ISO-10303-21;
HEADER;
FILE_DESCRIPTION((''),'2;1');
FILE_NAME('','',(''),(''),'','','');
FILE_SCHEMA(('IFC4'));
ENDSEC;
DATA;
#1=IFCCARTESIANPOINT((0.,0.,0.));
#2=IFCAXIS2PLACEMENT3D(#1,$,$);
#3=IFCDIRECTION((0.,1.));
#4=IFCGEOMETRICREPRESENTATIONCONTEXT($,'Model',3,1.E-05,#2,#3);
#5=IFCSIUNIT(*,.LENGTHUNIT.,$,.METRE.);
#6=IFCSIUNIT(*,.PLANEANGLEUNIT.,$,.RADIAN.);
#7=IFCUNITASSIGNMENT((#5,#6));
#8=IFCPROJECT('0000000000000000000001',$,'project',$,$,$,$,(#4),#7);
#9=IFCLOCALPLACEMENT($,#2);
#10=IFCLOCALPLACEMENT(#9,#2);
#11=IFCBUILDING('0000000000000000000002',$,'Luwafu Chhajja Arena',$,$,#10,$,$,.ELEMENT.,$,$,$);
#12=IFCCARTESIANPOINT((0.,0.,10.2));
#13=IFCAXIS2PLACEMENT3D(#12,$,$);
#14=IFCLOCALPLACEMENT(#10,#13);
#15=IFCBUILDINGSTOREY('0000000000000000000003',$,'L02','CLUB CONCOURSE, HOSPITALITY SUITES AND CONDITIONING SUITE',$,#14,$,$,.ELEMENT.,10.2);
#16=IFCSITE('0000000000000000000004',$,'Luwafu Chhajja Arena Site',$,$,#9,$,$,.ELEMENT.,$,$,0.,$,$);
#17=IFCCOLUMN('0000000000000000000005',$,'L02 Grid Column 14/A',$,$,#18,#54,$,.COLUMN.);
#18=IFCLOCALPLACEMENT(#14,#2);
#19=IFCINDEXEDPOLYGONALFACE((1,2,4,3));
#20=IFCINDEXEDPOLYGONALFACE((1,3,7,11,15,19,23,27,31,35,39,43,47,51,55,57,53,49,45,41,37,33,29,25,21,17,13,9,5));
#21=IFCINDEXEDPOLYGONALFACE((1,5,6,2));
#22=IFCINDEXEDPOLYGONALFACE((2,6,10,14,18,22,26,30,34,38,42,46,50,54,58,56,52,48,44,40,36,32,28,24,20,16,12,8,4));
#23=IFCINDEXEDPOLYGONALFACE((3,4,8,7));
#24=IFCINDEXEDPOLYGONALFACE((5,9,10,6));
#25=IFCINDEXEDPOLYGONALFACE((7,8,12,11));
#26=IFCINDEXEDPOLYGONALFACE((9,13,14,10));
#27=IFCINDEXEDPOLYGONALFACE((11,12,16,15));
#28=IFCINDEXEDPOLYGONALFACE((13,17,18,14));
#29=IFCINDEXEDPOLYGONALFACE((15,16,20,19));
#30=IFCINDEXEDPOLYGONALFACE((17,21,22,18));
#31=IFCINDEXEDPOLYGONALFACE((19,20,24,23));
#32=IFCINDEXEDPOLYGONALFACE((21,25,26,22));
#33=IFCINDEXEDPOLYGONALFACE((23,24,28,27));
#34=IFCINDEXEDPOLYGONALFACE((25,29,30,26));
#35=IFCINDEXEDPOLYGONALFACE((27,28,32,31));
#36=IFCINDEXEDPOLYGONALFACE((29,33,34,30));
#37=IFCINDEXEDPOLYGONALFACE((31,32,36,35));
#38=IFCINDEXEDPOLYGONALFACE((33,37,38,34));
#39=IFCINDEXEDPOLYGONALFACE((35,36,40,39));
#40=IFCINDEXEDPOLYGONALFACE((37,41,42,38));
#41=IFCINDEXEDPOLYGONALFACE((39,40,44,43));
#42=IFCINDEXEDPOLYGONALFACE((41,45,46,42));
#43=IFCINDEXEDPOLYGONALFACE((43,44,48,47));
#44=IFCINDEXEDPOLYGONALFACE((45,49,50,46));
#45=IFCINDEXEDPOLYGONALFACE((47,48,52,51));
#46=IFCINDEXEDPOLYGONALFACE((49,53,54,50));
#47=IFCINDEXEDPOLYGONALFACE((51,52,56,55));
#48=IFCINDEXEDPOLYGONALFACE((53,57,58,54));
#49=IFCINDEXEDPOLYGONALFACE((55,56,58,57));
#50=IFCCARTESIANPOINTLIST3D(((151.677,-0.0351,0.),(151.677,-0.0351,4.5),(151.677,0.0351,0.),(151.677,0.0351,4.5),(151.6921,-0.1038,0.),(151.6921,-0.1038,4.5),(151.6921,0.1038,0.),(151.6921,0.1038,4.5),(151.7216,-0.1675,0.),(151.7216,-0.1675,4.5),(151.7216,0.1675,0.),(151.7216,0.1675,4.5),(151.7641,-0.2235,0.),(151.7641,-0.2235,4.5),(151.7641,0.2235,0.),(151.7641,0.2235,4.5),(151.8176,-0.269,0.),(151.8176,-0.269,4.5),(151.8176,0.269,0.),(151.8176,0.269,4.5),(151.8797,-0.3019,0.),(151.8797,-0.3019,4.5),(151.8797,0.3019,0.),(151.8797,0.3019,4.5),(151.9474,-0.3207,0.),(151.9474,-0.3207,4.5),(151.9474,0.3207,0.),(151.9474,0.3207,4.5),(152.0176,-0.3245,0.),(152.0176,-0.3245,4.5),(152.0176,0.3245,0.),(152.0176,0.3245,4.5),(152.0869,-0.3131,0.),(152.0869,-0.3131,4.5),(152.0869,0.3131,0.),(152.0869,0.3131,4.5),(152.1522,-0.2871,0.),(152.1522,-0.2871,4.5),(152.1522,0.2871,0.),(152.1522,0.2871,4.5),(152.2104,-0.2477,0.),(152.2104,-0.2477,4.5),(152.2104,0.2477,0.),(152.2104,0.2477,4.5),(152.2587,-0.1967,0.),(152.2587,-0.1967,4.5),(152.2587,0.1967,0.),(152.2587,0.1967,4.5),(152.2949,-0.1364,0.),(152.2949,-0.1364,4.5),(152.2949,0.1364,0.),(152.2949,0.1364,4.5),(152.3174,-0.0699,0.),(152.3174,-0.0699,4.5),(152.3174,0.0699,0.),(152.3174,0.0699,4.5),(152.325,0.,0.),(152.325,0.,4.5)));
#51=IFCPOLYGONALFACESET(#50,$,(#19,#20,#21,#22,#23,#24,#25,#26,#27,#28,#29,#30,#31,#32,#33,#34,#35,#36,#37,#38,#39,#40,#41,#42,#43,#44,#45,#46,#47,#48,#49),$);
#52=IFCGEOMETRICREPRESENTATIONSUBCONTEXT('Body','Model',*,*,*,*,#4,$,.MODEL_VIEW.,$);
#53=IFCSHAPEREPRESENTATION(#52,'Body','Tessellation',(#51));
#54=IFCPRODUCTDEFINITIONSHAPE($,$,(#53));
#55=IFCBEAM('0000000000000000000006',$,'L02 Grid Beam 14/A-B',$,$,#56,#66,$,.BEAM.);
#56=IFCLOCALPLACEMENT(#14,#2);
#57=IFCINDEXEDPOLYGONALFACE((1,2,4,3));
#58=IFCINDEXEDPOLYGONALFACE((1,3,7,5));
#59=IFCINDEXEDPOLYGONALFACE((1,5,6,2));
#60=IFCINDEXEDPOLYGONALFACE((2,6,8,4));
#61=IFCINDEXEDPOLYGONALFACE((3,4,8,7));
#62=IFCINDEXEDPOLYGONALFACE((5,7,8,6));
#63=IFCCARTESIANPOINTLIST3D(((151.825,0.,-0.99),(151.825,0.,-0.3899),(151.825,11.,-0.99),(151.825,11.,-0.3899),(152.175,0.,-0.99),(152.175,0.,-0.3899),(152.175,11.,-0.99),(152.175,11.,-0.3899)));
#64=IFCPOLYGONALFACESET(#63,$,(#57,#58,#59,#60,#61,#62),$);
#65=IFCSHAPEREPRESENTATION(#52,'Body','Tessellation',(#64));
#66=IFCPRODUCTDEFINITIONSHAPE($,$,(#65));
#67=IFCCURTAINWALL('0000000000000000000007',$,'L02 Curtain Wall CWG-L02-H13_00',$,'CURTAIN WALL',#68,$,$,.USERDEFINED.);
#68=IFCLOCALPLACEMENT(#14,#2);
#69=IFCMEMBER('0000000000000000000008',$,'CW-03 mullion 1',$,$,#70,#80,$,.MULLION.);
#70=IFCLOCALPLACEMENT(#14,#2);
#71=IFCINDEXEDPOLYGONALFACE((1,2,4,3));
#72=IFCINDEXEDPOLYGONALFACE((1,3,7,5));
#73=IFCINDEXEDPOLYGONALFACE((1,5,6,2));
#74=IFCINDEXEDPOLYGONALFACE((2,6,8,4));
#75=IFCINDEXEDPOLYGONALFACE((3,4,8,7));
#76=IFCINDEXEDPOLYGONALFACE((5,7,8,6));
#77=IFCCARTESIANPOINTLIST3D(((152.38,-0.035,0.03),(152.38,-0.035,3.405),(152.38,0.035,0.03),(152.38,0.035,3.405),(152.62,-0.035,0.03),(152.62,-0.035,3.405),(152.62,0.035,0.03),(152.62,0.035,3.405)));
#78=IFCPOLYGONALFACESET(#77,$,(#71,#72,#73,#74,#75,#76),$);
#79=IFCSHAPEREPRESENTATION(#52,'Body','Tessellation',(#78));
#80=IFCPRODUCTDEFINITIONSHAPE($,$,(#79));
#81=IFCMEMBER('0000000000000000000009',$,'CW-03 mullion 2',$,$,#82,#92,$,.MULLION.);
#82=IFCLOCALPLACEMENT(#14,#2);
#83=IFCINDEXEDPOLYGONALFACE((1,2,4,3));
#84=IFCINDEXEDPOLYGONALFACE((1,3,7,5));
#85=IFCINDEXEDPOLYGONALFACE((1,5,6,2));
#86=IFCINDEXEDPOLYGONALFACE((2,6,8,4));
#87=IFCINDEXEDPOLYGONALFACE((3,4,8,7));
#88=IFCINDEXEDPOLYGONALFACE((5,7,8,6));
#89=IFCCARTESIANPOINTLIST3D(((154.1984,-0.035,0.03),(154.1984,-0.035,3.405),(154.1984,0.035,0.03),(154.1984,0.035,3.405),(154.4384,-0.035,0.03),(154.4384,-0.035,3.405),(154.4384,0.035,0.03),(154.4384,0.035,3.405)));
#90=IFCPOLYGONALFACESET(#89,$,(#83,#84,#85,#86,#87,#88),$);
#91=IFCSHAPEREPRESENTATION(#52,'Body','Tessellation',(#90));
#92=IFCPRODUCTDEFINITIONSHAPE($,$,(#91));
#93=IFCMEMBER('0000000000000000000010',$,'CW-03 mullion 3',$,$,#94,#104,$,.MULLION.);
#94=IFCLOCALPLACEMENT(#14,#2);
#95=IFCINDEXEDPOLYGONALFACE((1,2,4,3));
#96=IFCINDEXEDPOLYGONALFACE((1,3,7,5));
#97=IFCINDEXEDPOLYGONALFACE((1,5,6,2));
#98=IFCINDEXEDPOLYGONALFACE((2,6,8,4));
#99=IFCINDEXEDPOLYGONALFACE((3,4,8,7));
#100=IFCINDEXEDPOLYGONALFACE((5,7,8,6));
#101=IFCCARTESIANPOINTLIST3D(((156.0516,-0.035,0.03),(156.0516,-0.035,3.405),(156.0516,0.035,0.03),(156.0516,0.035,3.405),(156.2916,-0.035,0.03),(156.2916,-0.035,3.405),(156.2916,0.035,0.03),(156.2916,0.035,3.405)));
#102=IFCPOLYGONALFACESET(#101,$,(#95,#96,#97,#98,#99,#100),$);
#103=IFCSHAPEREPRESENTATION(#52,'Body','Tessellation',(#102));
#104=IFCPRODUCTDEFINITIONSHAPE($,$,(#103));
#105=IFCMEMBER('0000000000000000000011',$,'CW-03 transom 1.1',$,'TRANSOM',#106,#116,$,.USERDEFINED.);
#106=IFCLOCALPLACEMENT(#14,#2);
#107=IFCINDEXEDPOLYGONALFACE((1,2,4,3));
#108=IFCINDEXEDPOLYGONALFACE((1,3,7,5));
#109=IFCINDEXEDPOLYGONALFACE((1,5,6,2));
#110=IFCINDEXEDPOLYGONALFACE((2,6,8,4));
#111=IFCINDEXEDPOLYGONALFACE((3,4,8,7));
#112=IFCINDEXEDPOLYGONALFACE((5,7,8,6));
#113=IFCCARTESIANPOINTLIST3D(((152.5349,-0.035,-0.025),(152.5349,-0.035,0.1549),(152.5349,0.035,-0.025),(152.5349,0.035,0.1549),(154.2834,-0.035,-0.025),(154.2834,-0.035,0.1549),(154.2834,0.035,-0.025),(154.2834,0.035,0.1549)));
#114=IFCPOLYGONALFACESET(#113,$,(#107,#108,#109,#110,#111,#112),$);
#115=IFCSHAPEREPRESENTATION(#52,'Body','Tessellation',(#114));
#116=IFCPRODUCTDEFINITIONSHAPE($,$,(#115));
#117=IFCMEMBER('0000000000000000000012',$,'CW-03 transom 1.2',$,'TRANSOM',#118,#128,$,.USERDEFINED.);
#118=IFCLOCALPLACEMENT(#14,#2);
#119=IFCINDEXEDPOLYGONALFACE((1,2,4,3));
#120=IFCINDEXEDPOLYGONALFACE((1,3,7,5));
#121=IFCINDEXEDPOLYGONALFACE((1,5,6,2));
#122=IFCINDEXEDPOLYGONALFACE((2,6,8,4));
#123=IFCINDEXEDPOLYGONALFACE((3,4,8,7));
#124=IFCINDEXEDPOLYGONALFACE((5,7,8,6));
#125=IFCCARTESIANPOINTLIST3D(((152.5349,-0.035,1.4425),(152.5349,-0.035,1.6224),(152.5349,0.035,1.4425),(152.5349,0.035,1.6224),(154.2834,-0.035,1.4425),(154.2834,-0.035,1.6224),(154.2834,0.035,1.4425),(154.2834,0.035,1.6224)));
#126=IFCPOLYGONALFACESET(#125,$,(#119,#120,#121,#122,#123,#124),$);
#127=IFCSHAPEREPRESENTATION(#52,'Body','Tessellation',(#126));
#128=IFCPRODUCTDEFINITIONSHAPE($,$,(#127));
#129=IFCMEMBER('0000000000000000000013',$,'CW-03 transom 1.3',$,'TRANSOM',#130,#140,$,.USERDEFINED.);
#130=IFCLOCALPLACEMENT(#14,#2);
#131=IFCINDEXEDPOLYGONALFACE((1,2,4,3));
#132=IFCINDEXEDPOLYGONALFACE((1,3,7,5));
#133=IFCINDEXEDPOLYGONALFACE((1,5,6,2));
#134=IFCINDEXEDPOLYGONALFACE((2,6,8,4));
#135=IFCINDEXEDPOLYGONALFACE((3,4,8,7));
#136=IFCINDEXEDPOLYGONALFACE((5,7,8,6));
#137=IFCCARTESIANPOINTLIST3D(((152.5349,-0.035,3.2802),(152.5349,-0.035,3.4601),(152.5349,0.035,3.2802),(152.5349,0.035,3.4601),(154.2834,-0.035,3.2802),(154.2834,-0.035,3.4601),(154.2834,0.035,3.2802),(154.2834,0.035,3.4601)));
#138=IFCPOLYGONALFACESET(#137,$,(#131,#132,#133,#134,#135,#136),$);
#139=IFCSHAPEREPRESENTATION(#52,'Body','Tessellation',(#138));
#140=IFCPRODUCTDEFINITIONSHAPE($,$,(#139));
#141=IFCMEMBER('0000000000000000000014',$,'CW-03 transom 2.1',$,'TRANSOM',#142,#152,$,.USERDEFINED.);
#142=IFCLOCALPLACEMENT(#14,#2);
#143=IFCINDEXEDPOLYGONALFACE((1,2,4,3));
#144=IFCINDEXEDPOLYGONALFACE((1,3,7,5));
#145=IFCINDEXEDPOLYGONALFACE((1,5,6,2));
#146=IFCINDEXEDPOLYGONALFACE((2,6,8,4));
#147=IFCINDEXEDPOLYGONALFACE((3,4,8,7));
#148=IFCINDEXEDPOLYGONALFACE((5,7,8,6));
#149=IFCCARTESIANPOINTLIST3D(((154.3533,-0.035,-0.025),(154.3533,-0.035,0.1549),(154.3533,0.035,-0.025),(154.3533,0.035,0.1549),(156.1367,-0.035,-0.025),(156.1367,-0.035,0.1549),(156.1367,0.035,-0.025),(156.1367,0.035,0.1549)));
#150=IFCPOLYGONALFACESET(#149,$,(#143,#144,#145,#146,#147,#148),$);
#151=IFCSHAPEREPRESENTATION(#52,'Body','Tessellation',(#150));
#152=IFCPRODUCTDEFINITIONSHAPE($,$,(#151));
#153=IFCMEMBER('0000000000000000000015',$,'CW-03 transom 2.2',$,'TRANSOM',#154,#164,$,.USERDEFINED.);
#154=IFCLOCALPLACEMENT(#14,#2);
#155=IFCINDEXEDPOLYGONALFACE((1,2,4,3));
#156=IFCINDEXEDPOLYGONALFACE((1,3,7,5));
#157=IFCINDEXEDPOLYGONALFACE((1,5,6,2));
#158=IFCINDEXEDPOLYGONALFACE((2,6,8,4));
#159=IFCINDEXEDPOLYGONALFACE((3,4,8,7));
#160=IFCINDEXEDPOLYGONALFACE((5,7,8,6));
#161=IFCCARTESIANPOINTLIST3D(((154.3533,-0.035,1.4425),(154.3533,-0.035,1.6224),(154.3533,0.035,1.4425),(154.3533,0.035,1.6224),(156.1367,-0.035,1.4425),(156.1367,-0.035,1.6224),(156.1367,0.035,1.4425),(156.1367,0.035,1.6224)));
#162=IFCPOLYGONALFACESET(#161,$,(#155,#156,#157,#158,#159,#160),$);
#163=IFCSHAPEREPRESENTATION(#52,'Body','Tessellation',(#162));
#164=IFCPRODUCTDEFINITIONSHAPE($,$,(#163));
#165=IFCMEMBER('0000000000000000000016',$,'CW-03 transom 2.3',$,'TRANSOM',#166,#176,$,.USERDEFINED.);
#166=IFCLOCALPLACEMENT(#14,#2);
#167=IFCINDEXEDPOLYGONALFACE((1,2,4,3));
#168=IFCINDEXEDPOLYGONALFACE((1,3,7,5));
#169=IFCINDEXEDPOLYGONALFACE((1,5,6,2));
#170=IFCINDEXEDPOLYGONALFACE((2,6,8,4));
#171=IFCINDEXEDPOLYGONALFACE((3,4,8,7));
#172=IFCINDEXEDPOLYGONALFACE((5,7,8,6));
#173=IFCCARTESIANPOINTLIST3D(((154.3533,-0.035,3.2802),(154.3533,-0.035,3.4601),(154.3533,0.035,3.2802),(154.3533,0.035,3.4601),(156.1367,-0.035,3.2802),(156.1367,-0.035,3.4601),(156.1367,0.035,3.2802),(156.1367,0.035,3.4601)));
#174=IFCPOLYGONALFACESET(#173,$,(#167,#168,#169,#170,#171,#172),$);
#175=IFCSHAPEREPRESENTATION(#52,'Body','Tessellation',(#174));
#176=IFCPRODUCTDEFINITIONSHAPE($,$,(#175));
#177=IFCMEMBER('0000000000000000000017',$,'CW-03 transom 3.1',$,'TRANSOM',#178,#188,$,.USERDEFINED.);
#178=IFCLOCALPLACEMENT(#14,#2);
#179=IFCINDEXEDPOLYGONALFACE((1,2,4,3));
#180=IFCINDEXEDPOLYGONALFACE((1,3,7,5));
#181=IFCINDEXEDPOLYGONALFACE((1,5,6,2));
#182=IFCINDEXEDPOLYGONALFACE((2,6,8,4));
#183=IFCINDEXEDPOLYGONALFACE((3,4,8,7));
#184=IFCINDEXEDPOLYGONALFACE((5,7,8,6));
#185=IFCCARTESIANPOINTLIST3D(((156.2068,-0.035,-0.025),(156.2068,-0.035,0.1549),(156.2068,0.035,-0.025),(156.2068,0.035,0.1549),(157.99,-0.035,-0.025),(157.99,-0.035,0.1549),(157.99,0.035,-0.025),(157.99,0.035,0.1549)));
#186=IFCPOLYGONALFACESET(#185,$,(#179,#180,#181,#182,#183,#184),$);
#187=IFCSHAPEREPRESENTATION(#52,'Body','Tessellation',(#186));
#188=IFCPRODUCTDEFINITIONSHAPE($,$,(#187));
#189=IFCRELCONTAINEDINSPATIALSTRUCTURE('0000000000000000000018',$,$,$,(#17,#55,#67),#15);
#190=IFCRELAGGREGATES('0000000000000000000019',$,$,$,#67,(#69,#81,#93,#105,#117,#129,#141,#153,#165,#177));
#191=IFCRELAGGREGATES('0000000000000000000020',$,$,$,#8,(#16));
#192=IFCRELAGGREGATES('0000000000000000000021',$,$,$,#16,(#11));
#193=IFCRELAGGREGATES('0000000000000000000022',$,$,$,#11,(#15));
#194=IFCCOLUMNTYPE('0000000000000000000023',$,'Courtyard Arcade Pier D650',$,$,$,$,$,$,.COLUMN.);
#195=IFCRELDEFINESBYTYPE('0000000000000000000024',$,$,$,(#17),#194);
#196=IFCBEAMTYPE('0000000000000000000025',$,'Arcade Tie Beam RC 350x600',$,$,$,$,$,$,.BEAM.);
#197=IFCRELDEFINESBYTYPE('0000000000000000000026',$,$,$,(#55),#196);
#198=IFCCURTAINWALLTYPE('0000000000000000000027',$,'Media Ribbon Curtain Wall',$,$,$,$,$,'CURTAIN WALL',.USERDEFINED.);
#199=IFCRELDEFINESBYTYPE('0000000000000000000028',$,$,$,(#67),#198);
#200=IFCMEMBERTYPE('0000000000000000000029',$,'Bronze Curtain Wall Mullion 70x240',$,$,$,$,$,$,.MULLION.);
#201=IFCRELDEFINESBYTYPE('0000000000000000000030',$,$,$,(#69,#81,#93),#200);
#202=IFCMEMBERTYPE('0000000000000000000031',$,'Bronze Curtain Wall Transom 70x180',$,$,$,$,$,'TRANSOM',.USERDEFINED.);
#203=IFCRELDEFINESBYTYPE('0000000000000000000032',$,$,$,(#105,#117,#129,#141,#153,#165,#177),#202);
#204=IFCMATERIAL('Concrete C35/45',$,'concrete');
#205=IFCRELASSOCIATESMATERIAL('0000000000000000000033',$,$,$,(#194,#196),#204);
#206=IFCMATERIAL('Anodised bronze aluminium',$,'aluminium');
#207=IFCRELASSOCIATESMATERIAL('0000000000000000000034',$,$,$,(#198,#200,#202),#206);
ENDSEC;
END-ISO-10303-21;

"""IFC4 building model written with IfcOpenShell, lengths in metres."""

from ifc_helpers import new_model, si_unit, direction, frame, origin, origin_2d, place, context, subcontext, project, spatial, rectangle, circle, extrude, material, material_profile, profile_set, type_object, element, aggregate, save


model = new_model("IFC4")

# Units and contexts
model_context = context("Model", 3, precision=1e-05, world=origin(), true_north=direction((0.0, 1.0)))
body_context = subcontext(model_context, "Body", "Model", "MODEL_VIEW")
ifc_project = project(units=[si_unit("LENGTHUNIT", "METRE"), si_unit("PLANEANGLEUNIT", "RADIAN")], contexts=[model_context])

# Site, building, storey
site_placement = place(None, origin())
site = spatial("IfcSite", under=ifc_project, at=site_placement, Name="Luwafu Chhajja Arena Site", CompositionType="ELEMENT", RefElevation=0.0)
building_placement = place(site_placement, origin())
building = spatial("IfcBuilding", under=site, at=building_placement, Name="Luwafu Chhajja Arena", CompositionType="ELEMENT")
storey_placement = place(building_placement, frame((0.0, 0.0, 10.2)))
storey = spatial("IfcBuildingStorey", under=building, at=storey_placement, Name="L02", Description="CLUB CONCOURSE, HOSPITALITY SUITES AND CONDITIONING SUITE", CompositionType="ELEMENT", Elevation=10.2)

# Column
ifc_material_1 = material(Name="Concrete C35/45", Category="concrete")
ifc_material_profile_1 = material_profile(ifc_material_1, circle(Radius=0.325, at=origin_2d()), Name="RC COL D650")
ifc_profile_set_1 = profile_set([ifc_material_profile_1], Name="Concrete C35/45")
column_type = type_object("IfcColumnType", Name="Courtyard Arcade Pier D650", PredefinedType="COLUMN", material=ifc_profile_set_1)
column_placement = place(storey_placement, frame((152.0, 0.0, 0.0), z_axis=(0.0, 0.0, 1.0), x_axis=(1.0, 0.0, 0.0)))
element("IfcColumn", 1, at=column_placement, inside=storey, type_object=column_type, Name="L02 Grid Column 14/A", PredefinedType="COLUMN", context=body_context, shape_type="SweptSolid", body=[
    extrude(circle(Radius=0.325, at=origin_2d()), origin(), (0.0, 0.0, 1.0), 4.5),
])

# Beam
ifc_material_profile_2 = material_profile(ifc_material_1, rectangle(XDim=0.3501, YDim=0.6001, at=origin_2d()), Name="RC 350x600")
ifc_profile_set_2 = profile_set([ifc_material_profile_2], Name="Concrete C35/45")
beam_type_1 = type_object("IfcBeamType", Name="Arcade Tie Beam RC 350x600", PredefinedType="BEAM", material=ifc_profile_set_2)
beam_1_placement = place(storey_placement, frame((152.0, 0.0, -0.6899), z_axis=(0.0, 1.0, 0.0), x_axis=(-1.0, 0.0, 0.0)))
element("IfcBeam", 2, at=beam_1_placement, inside=storey, type_object=beam_type_1, Name="L02 Grid Beam 14/A-B", PredefinedType="BEAM", context=body_context, shape_type="SweptSolid", body=[
    extrude(rectangle(XDim=0.3501, YDim=0.6001, at=origin_2d()), origin(), (0.0, 0.0, 1.0), 11.0),
])

# Curtain wall, members
ifc_material_2 = material(Name="Anodised bronze aluminium", Category="aluminium")
curtain_wall_type = type_object("IfcCurtainWallType", Name="Media Ribbon Curtain Wall", ElementType="CURTAIN WALL", PredefinedType="USERDEFINED", material=ifc_material_2)
curtain_wall_placement = place(storey_placement, origin())
curtain_wall = element("IfcCurtainWall", 3, at=curtain_wall_placement, inside=storey, type_object=curtain_wall_type, Name="L02 Curtain Wall CWG-L02-H13_00", ObjectType="CURTAIN WALL", PredefinedType="USERDEFINED")
ifc_material_profile_3 = material_profile(ifc_material_2, rectangle(XDim=0.0701, YDim=0.24, at=origin_2d()), Name="CWM 70x240")
ifc_profile_set_3 = profile_set([ifc_material_profile_3], Name="Anodised bronze aluminium")
member_type_1 = type_object("IfcMemberType", Name="Bronze Curtain Wall Mullion 70x240", PredefinedType="MULLION", material=ifc_profile_set_3)
member_1_placement = place(storey_placement, frame((152.5, 0.0, 0.03), z_axis=(0.0, 0.0, 1.0), x_axis=(0.0, 1.0, 0.0)))
member_1 = element("IfcMember", 4, at=member_1_placement, type_object=member_type_1, Name="CW-03 mullion 1", PredefinedType="MULLION", context=body_context, shape_type="SweptSolid", body=[
    extrude(rectangle(XDim=0.0701, YDim=0.24, at=origin_2d()), origin(), (0.0, 0.0, 1.0), 3.375),
])
member_2_placement = place(storey_placement, frame((154.3184, 0.0, 0.03), z_axis=(0.0, 0.0, 1.0), x_axis=(0.0, 1.0, 0.0)))
member_2 = element("IfcMember", 5, at=member_2_placement, type_object=member_type_1, Name="CW-03 mullion 2", PredefinedType="MULLION", context=body_context, shape_type="SweptSolid", body=[
    extrude(rectangle(XDim=0.0701, YDim=0.24, at=origin_2d()), origin(), (0.0, 0.0, 1.0), 3.375),
])
member_3_placement = place(storey_placement, frame((156.1716, 0.0, 0.03), z_axis=(0.0, 0.0, 1.0), x_axis=(0.0, 1.0, 0.0)))
member_3 = element("IfcMember", 6, at=member_3_placement, type_object=member_type_1, Name="CW-03 mullion 3", PredefinedType="MULLION", context=body_context, shape_type="SweptSolid", body=[
    extrude(rectangle(XDim=0.0701, YDim=0.24, at=origin_2d()), origin(), (0.0, 0.0, 1.0), 3.375),
])
ifc_material_profile_4 = material_profile(ifc_material_2, rectangle(XDim=0.0701, YDim=0.1799, at=origin_2d()), Name="CWT 70x180")
ifc_profile_set_4 = profile_set([ifc_material_profile_4], Name="Anodised bronze aluminium")
member_type_2 = type_object("IfcMemberType", Name="Bronze Curtain Wall Transom 70x180", ElementType="TRANSOM", PredefinedType="USERDEFINED", material=ifc_profile_set_4)
member_4_placement = place(storey_placement, frame((152.5349, 0.0, 0.0649), z_axis=(1.0, 0.0, 0.0), x_axis=(0.0, 1.0, 0.0)))
member_4 = element("IfcMember", 7, at=member_4_placement, type_object=member_type_2, Name="CW-03 transom 1.1", ObjectType="TRANSOM", PredefinedType="USERDEFINED", context=body_context, shape_type="SweptSolid", body=[
    extrude(rectangle(XDim=0.0701, YDim=0.1799, at=origin_2d()), origin(), (0.0, 0.0, 1.0), 1.7485),
])
member_5_placement = place(storey_placement, frame((152.5349, 0.0, 1.5325), z_axis=(1.0, 0.0, 0.0), x_axis=(0.0, 1.0, 0.0)))
member_5 = element("IfcMember", 8, at=member_5_placement, type_object=member_type_2, Name="CW-03 transom 1.2", ObjectType="TRANSOM", PredefinedType="USERDEFINED", context=body_context, shape_type="SweptSolid", body=[
    extrude(rectangle(XDim=0.0701, YDim=0.1799, at=origin_2d()), origin(), (0.0, 0.0, 1.0), 1.7485),
])
member_6_placement = place(storey_placement, frame((152.5349, 0.0, 3.3701), z_axis=(1.0, 0.0, 0.0), x_axis=(0.0, 1.0, 0.0)))
member_6 = element("IfcMember", 9, at=member_6_placement, type_object=member_type_2, Name="CW-03 transom 1.3", ObjectType="TRANSOM", PredefinedType="USERDEFINED", context=body_context, shape_type="SweptSolid", body=[
    extrude(rectangle(XDim=0.0701, YDim=0.1799, at=origin_2d()), origin(), (0.0, 0.0, 1.0), 1.7485),
])
member_7_placement = place(storey_placement, frame((154.3533, 0.0, 0.0649), z_axis=(1.0, 0.0, 0.0), x_axis=(0.0, 1.0, 0.0)))
member_7 = element("IfcMember", 10, at=member_7_placement, type_object=member_type_2, Name="CW-03 transom 2.1", ObjectType="TRANSOM", PredefinedType="USERDEFINED", context=body_context, shape_type="SweptSolid", body=[
    extrude(rectangle(XDim=0.0701, YDim=0.1799, at=origin_2d()), origin(), (0.0, 0.0, 1.0), 1.7834),
])
member_8_placement = place(storey_placement, frame((154.3533, 0.0, 1.5325), z_axis=(1.0, 0.0, 0.0), x_axis=(0.0, 1.0, 0.0)))
member_8 = element("IfcMember", 11, at=member_8_placement, type_object=member_type_2, Name="CW-03 transom 2.2", ObjectType="TRANSOM", PredefinedType="USERDEFINED", context=body_context, shape_type="SweptSolid", body=[
    extrude(rectangle(XDim=0.0701, YDim=0.1799, at=origin_2d()), origin(), (0.0, 0.0, 1.0), 1.7834),
])
member_9_placement = place(storey_placement, frame((154.3533, 0.0, 3.3701), z_axis=(1.0, 0.0, 0.0), x_axis=(0.0, 1.0, 0.0)))
member_9 = element("IfcMember", 12, at=member_9_placement, type_object=member_type_2, Name="CW-03 transom 2.3", ObjectType="TRANSOM", PredefinedType="USERDEFINED", context=body_context, shape_type="SweptSolid", body=[
    extrude(rectangle(XDim=0.0701, YDim=0.1799, at=origin_2d()), origin(), (0.0, 0.0, 1.0), 1.7834),
])
member_10_placement = place(storey_placement, frame((156.2068, 0.0, 0.0649), z_axis=(1.0, 0.0, 0.0), x_axis=(0.0, 1.0, 0.0)))
member_10 = element("IfcMember", 13, at=member_10_placement, type_object=member_type_2, Name="CW-03 transom 3.1", ObjectType="TRANSOM", PredefinedType="USERDEFINED", context=body_context, shape_type="SweptSolid", body=[
    extrude(rectangle(XDim=0.0701, YDim=0.1799, at=origin_2d()), origin(), (0.0, 0.0, 1.0), 1.7832),
])

aggregate(curtain_wall, [member_1, member_2, member_3, member_4, member_5, member_6, member_7, member_8, member_9, member_10])

save(model, "model.ifc")
